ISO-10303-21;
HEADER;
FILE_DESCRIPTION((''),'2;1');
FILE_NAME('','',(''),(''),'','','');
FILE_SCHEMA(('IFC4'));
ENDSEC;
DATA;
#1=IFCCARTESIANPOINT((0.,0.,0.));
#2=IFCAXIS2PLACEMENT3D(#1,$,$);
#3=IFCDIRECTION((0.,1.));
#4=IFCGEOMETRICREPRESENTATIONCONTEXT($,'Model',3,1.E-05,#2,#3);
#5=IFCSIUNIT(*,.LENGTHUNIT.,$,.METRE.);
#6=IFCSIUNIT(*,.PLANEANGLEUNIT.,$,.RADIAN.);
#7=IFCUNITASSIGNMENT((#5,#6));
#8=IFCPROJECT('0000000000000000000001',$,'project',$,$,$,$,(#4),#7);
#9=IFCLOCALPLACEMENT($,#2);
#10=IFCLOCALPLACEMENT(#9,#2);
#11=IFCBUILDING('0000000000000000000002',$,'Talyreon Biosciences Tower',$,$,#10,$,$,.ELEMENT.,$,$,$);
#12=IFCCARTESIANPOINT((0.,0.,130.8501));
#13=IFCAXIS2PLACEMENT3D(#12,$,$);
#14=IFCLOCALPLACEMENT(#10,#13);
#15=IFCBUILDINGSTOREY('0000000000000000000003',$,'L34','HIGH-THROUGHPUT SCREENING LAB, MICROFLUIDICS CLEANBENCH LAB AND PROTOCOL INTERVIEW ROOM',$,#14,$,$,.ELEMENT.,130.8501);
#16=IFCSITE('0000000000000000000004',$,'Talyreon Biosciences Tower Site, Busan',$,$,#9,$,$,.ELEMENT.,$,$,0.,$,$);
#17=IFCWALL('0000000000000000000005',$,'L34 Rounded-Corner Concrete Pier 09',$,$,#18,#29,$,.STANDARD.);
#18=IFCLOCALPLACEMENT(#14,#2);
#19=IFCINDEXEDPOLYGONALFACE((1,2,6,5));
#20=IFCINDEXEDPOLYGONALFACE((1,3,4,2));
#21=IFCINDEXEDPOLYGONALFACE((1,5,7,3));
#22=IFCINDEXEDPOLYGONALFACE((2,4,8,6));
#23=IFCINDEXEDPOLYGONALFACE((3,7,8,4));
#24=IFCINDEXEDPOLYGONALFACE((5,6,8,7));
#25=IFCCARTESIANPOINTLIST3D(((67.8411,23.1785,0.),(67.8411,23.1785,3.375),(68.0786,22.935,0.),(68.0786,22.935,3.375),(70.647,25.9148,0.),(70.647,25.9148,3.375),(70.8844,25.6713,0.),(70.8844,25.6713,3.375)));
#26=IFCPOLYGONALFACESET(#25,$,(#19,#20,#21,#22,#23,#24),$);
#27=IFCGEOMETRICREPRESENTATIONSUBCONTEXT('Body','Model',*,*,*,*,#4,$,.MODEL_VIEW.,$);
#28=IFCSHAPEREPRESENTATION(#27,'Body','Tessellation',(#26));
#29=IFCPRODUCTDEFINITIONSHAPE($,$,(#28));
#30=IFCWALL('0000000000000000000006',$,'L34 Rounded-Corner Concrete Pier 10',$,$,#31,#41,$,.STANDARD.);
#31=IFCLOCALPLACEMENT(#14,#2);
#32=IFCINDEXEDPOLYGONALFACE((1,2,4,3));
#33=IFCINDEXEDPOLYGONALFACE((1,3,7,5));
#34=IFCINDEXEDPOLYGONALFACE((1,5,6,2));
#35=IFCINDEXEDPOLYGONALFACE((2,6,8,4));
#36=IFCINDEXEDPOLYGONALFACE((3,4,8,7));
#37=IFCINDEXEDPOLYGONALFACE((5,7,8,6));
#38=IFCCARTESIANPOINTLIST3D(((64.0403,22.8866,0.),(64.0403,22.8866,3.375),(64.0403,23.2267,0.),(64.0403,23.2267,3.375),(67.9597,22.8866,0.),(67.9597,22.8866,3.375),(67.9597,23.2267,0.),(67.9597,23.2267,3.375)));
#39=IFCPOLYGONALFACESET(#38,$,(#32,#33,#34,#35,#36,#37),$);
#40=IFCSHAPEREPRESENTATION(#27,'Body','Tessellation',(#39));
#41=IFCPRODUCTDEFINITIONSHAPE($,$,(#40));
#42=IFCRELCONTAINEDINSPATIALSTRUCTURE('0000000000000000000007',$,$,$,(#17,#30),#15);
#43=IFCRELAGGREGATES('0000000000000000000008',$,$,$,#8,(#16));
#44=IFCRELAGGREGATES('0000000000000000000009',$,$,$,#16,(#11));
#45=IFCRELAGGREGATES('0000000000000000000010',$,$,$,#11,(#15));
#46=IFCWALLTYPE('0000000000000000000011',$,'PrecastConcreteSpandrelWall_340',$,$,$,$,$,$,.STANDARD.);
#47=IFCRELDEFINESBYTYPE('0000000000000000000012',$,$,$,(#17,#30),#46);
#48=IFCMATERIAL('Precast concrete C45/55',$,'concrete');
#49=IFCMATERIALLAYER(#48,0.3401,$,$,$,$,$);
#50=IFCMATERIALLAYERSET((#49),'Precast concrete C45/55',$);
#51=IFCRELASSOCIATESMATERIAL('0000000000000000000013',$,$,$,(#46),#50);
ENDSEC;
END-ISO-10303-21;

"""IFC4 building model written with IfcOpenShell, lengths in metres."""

from ifc_helpers import new_model, si_unit, direction, frame, frame_2d, origin, place, context, subcontext, project, spatial, rectangle, extrude, material, layer, layer_set, type_object, element, save


model = new_model("IFC4")

# Units and contexts
model_context = context("Model", 3, precision=1e-05, world=origin(), true_north=direction((0.0, 1.0)))
body_context = subcontext(model_context, "Body", "Model", "MODEL_VIEW")
ifc_project = project(units=[si_unit("LENGTHUNIT", "METRE"), si_unit("PLANEANGLEUNIT", "RADIAN")], contexts=[model_context])

# Site, building, storey
site_placement = place(None, origin())
site = spatial("IfcSite", under=ifc_project, at=site_placement, Name="Talyreon Biosciences Tower Site, Busan", CompositionType="ELEMENT", RefElevation=0.0)
building_placement = place(site_placement, origin())
building = spatial("IfcBuilding", under=site, at=building_placement, Name="Talyreon Biosciences Tower", CompositionType="ELEMENT")
storey_placement = place(building_placement, frame((0.0, 0.0, 130.8501)))
storey = spatial("IfcBuildingStorey", under=building, at=storey_placement, Name="L34", Description="HIGH-THROUGHPUT SCREENING LAB, MICROFLUIDICS CLEANBENCH LAB AND PROTOCOL INTERVIEW ROOM", CompositionType="ELEMENT", Elevation=130.8501)

# Shared definitions
ifc_material_1 = material(Name="Precast concrete C45/55", Category="concrete")

# Walls
ifc_layer_1 = layer(ifc_material_1, 0.3401)
ifc_layer_set_1 = layer_set([ifc_layer_1], Name="Precast concrete C45/55")
wall_type_1 = type_object("IfcWallType", Name="PrecastConcreteSpandrelWall_340", PredefinedType="STANDARD", material=ifc_layer_set_1)
wall_1_placement = place(storey_placement, frame((70.7656, 25.793, 0.0), z_axis=(0.0, 0.0, 1.0), x_axis=(-0.715928, -0.698174, 0.0)))
element("IfcWall", 1, at=wall_1_placement, inside=storey, type_object=wall_type_1, Name="L34 Rounded-Corner Concrete Pier 09", PredefinedType="STANDARD", context=body_context, shape_type="SweptSolid", body=[
    extrude(rectangle(XDim=3.9192, YDim=0.3401, at=frame_2d((1.9595, 0.0))), origin(), (0.0, 0.0, 1.0), 3.375),
])
wall_2_placement = place(storey_placement, frame((67.9597, 23.0566, 0.0), z_axis=(0.0, 0.0, 1.0), x_axis=(-1.0, 0.0, 0.0)))
element("IfcWall", 2, at=wall_2_placement, inside=storey, type_object=wall_type_1, Name="L34 Rounded-Corner Concrete Pier 10", PredefinedType="STANDARD", context=body_context, shape_type="SweptSolid", body=[
    extrude(rectangle(XDim=3.9194, YDim=0.3401, at=frame_2d((1.9597, 0.0))), origin(), (0.0, 0.0, 1.0), 3.375),
])

save(model, "model.ifc")
